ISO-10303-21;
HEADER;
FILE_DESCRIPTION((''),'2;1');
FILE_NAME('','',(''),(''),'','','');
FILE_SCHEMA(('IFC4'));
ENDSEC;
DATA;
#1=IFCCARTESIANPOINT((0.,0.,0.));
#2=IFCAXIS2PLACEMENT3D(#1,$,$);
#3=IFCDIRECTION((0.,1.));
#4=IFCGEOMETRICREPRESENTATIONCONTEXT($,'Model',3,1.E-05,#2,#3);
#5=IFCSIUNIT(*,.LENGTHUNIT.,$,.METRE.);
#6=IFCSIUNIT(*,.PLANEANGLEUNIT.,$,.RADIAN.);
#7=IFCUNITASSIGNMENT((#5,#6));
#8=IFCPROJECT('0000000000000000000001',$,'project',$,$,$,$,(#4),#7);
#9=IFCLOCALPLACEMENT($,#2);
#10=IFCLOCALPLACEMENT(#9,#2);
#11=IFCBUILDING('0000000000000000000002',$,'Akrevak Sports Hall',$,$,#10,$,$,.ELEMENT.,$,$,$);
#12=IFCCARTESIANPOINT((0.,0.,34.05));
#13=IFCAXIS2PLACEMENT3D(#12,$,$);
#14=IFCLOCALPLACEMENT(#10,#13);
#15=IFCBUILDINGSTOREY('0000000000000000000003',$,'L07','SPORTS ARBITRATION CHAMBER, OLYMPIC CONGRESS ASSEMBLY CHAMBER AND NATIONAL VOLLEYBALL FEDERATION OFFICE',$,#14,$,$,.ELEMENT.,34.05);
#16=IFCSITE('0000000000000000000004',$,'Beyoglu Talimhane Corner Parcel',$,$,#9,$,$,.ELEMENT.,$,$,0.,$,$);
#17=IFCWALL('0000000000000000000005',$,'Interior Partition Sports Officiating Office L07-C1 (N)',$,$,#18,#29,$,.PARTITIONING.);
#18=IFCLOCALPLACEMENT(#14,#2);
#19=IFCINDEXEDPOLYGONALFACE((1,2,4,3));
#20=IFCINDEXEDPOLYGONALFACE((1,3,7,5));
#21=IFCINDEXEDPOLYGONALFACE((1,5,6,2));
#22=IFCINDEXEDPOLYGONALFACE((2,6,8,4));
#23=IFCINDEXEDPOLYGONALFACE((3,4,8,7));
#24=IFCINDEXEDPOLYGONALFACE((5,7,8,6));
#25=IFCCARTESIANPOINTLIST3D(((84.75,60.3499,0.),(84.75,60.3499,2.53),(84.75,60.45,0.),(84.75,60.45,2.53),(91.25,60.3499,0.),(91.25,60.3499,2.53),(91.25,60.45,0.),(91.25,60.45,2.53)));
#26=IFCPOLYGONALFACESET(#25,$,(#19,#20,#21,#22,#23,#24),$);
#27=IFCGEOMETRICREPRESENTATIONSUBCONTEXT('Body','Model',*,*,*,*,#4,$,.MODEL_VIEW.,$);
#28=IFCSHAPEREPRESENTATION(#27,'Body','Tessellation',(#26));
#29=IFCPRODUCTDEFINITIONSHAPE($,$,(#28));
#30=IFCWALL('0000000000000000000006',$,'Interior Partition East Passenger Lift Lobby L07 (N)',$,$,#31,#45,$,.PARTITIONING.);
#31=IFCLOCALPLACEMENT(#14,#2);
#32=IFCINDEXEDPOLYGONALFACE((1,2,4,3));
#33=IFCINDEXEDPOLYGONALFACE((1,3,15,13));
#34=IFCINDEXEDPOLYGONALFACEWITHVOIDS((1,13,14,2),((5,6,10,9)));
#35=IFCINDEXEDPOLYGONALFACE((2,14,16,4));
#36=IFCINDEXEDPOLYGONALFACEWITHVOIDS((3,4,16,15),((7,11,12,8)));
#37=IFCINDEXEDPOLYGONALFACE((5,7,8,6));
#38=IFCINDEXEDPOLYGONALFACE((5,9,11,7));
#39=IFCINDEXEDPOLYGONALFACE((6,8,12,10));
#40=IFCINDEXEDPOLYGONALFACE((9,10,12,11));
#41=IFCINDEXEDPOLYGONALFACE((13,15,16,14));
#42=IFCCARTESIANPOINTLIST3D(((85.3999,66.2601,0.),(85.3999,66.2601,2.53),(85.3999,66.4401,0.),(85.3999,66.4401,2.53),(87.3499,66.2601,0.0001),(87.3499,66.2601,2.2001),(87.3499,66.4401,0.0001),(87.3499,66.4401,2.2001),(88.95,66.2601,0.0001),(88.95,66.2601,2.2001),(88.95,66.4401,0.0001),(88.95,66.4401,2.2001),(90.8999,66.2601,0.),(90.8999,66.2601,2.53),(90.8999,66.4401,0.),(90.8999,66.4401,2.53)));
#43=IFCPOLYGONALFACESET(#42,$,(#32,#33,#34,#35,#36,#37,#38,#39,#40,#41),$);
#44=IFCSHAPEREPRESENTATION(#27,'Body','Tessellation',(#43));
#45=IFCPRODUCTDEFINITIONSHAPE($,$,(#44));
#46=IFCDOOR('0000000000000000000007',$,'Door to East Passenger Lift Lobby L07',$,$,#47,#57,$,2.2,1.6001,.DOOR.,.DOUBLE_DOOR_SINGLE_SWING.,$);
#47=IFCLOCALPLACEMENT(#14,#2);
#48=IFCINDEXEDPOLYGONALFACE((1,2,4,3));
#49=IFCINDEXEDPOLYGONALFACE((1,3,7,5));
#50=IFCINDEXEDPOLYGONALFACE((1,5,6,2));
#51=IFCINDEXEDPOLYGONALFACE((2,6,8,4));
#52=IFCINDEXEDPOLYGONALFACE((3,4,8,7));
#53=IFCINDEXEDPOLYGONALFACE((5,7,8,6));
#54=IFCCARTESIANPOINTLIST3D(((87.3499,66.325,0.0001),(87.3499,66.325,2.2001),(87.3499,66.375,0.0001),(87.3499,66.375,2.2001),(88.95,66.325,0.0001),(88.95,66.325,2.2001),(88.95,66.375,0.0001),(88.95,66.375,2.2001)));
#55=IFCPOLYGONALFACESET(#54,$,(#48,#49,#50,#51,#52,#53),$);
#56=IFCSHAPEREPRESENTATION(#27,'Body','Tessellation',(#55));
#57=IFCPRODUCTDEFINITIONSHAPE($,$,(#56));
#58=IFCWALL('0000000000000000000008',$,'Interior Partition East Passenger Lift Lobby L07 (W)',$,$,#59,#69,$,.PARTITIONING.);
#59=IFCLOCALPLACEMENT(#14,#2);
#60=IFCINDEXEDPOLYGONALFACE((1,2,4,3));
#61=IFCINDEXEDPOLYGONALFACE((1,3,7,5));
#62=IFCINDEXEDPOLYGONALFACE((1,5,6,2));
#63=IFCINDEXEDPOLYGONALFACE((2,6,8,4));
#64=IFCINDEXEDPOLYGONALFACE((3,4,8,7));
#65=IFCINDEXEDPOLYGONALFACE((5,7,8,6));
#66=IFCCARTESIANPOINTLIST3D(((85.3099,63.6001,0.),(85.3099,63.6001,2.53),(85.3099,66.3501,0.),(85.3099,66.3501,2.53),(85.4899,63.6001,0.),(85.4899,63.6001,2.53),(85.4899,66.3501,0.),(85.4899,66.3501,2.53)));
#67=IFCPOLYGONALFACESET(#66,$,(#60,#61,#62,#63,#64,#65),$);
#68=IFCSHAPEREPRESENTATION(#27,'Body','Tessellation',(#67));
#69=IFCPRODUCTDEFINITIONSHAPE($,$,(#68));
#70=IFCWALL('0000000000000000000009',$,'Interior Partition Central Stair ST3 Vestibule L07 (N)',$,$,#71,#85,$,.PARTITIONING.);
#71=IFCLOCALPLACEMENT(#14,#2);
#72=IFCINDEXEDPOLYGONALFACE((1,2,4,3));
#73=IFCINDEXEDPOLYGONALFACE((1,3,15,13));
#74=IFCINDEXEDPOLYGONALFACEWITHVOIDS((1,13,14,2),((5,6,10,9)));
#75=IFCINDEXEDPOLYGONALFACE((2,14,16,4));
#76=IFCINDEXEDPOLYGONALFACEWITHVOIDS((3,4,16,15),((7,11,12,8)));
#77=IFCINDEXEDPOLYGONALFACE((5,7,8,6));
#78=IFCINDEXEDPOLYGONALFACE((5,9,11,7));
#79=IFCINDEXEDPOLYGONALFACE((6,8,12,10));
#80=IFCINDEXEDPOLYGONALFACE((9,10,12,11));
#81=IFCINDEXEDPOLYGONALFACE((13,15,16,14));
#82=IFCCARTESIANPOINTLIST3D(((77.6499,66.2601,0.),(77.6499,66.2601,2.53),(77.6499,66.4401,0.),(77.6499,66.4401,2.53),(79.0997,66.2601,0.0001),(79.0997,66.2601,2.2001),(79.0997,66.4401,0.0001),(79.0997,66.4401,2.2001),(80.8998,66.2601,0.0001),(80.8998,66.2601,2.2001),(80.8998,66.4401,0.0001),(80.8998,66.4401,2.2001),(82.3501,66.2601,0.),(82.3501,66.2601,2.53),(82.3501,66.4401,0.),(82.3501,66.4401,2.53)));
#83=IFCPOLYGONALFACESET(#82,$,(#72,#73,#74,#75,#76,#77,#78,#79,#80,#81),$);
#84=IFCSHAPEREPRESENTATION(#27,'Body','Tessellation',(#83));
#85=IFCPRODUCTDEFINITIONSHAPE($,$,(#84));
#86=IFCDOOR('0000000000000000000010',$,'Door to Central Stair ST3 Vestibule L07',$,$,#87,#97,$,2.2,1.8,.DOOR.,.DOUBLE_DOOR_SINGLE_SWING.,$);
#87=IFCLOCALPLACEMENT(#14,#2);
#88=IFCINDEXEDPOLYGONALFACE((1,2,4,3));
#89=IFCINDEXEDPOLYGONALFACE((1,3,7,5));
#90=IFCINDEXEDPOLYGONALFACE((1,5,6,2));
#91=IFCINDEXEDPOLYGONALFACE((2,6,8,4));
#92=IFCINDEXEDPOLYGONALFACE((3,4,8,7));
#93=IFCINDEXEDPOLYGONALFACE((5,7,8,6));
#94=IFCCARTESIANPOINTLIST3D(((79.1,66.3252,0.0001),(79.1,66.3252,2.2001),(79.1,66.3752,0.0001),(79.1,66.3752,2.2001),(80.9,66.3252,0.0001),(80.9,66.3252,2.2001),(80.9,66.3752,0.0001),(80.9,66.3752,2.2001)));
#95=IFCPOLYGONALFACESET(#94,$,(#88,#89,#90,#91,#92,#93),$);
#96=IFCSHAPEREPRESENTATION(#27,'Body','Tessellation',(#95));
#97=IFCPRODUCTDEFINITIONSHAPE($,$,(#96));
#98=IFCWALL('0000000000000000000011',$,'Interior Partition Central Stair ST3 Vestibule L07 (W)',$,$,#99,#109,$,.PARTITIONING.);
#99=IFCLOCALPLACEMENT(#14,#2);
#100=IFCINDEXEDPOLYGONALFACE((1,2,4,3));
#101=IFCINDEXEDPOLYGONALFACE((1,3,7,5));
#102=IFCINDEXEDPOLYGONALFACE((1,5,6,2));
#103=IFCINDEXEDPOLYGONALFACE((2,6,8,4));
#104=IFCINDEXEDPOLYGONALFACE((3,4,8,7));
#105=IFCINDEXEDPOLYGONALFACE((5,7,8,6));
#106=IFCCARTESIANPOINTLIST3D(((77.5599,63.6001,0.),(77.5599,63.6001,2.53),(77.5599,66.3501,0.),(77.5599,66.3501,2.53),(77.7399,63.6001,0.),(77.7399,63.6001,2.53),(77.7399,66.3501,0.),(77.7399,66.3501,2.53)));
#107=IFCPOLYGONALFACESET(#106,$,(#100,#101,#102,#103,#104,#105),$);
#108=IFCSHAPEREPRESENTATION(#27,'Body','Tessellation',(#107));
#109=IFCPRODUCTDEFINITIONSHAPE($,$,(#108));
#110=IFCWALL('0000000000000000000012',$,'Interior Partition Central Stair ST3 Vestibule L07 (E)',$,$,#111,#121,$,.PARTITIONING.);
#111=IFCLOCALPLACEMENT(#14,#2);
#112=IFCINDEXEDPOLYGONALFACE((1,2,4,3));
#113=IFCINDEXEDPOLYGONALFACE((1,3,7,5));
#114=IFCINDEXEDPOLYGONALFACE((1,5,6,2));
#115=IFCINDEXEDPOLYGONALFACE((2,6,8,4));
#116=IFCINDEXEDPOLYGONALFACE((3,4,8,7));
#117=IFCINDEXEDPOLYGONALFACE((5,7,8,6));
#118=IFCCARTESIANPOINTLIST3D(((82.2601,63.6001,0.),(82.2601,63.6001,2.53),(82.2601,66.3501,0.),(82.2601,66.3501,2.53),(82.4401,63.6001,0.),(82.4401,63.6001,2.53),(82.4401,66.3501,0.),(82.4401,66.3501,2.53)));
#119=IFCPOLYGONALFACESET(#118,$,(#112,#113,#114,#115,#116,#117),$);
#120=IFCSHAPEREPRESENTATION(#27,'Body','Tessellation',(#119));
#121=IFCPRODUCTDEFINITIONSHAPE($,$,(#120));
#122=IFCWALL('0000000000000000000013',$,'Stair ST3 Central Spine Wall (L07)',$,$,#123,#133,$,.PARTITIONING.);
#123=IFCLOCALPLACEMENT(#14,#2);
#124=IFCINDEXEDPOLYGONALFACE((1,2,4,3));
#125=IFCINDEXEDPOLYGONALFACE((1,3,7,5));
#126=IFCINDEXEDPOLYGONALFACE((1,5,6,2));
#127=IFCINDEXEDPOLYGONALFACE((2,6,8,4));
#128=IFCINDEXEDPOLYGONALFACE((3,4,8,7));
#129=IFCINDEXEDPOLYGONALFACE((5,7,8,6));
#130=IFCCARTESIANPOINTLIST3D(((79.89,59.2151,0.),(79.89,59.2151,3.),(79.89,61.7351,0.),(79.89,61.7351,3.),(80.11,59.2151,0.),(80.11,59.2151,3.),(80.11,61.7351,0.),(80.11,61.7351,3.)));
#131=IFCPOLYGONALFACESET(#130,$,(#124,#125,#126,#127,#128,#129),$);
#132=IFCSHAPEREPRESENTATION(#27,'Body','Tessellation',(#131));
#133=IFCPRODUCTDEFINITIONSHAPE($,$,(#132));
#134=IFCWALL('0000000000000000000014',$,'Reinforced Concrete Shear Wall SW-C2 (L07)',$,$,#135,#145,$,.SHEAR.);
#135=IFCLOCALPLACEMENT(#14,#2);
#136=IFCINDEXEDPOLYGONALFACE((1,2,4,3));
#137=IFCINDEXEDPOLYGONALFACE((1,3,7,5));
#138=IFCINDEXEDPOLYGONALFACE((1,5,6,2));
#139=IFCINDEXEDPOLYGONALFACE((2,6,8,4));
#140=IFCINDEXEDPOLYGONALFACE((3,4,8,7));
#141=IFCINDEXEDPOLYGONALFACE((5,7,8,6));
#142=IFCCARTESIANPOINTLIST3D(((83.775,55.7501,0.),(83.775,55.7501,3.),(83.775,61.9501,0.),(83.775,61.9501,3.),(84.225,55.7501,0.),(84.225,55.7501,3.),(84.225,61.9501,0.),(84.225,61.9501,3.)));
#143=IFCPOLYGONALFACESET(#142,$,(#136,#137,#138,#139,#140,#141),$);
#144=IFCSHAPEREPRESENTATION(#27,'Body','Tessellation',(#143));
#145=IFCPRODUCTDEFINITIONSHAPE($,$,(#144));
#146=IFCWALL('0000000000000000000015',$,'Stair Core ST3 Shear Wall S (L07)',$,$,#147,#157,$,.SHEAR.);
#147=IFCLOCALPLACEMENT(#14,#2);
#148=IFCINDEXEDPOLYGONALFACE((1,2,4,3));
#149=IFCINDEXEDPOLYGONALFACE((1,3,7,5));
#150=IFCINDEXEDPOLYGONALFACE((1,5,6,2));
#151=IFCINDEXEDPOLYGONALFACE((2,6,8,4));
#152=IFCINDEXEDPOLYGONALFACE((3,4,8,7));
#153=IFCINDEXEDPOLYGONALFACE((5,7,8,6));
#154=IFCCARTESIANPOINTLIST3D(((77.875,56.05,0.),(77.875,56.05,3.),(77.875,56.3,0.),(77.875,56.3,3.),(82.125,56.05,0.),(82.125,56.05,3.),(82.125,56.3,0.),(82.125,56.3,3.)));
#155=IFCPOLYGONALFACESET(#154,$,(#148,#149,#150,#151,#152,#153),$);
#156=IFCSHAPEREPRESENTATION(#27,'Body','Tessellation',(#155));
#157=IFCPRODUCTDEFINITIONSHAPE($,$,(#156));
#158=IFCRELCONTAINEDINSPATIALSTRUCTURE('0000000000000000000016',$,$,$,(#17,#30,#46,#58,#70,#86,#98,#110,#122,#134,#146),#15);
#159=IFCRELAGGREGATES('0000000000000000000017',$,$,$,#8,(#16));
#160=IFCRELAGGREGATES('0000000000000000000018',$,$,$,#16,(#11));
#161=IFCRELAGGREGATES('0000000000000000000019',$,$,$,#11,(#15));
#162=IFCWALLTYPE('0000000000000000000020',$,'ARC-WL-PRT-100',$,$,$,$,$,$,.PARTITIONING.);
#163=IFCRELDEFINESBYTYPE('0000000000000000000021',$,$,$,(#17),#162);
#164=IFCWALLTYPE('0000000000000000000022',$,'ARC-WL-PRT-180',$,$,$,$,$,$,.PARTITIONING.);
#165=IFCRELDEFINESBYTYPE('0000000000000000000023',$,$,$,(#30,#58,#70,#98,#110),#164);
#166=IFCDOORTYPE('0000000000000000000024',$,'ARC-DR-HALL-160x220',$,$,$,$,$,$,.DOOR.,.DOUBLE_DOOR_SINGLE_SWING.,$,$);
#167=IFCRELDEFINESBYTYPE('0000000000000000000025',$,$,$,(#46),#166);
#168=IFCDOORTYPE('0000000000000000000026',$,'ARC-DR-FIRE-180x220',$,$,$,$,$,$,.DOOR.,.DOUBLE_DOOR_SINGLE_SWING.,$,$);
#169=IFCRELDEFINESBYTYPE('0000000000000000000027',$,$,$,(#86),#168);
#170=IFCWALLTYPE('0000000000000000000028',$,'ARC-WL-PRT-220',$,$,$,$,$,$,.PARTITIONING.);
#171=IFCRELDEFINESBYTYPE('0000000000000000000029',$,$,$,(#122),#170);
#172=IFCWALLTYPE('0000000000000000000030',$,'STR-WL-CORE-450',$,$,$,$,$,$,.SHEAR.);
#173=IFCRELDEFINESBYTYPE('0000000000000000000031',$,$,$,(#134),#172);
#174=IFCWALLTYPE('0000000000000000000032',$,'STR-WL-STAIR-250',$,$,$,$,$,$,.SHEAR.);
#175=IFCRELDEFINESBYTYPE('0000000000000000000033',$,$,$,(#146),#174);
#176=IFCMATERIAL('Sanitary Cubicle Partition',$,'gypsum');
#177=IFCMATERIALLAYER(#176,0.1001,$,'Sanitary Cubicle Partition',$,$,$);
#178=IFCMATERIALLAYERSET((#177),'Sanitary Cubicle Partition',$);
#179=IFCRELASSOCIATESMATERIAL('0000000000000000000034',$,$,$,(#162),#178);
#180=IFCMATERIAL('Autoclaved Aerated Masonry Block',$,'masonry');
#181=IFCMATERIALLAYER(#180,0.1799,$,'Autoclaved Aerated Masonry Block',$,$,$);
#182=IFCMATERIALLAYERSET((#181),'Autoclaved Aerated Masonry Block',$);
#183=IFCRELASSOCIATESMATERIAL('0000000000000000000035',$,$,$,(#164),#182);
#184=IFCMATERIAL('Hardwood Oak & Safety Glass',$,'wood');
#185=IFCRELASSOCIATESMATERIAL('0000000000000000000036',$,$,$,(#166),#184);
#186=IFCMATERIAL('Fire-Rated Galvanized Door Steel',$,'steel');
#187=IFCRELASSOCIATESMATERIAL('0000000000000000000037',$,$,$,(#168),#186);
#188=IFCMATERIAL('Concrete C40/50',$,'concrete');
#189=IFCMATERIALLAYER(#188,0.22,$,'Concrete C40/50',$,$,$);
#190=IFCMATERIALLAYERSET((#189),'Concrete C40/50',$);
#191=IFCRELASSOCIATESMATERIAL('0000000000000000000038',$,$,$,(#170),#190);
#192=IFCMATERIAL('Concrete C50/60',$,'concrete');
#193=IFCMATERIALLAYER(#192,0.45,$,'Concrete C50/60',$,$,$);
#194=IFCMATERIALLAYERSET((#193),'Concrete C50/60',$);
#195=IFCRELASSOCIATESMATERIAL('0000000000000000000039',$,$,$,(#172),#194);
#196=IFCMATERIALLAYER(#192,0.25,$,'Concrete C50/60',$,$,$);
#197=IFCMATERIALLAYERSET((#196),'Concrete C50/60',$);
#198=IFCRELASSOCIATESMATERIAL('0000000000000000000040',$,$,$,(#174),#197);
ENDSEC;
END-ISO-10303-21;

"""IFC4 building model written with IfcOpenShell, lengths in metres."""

from ifc_helpers import new_model, si_unit, direction, frame, frame_2d, origin, place, context, subcontext, project, spatial, rectangle, extrude, material, layer, layer_set, type_object, element, fill, save


model = new_model("IFC4")

# Units and contexts
model_context = context("Model", 3, precision=1e-05, world=origin(), true_north=direction((0.0, 1.0)))
body_context = subcontext(model_context, "Body", "Model", "MODEL_VIEW")
ifc_project = project(units=[si_unit("LENGTHUNIT", "METRE"), si_unit("PLANEANGLEUNIT", "RADIAN")], contexts=[model_context])

# Site, building, storey
site_placement = place(None, origin())
site = spatial("IfcSite", under=ifc_project, at=site_placement, Name="Beyoglu Talimhane Corner Parcel", CompositionType="ELEMENT", RefElevation=0.0)
building_placement = place(site_placement, origin())
building = spatial("IfcBuilding", under=site, at=building_placement, Name="Akrevak Sports Hall", CompositionType="ELEMENT")
storey_placement = place(building_placement, frame((0.0, 0.0, 34.05)))
storey = spatial("IfcBuildingStorey", under=building, at=storey_placement, Name="L07", Description="SPORTS ARBITRATION CHAMBER, OLYMPIC CONGRESS ASSEMBLY CHAMBER AND NATIONAL VOLLEYBALL FEDERATION OFFICE", CompositionType="ELEMENT", Elevation=34.05)

# Shared definitions
ifc_material_1 = material(Name="Concrete C40/50", Category="concrete")

# Wall
ifc_material_2 = material(Name="Sanitary Cubicle Partition", Category="gypsum")
ifc_layer_1 = layer(ifc_material_2, 0.1001, Name="Sanitary Cubicle Partition")
ifc_layer_set_1 = layer_set([ifc_layer_1], Name="Sanitary Cubicle Partition")
wall_type_1 = type_object("IfcWallType", Name="ARC-WL-PRT-100", PredefinedType="PARTITIONING", material=ifc_layer_set_1)
wall_1_placement = place(storey_placement, frame((84.75, 60.3999, 0.0), z_axis=(0.0, 0.0, 1.0), x_axis=(1.0, 0.0, 0.0)))
element("IfcWall", 1, at=wall_1_placement, inside=storey, type_object=wall_type_1, Name="Interior Partition Sports Officiating Office L07-C1 (N)", PredefinedType="PARTITIONING", context=body_context, shape_type="SweptSolid", body=[
    extrude(rectangle(XDim=6.5, YDim=0.1001, at=frame_2d((3.25, 0.0))), origin(), (0.0, 0.0, 1.0), 2.53),
])

# Wall, opening, door
ifc_material_3 = material(Name="Autoclaved Aerated Masonry Block", Category="masonry")
ifc_layer_2 = layer(ifc_material_3, 0.1799, Name="Autoclaved Aerated Masonry Block")
ifc_layer_set_2 = layer_set([ifc_layer_2], Name="Autoclaved Aerated Masonry Block")
wall_type_2 = type_object("IfcWallType", Name="ARC-WL-PRT-180", PredefinedType="PARTITIONING", material=ifc_layer_set_2)
wall_2_placement = place(storey_placement, frame((85.3999, 66.3501, 0.0), z_axis=(0.0, 0.0, 1.0), x_axis=(1.0, 0.0, 0.0)))
wall_2 = element("IfcWall", 2, at=wall_2_placement, inside=storey, type_object=wall_type_2, Name="Interior Partition East Passenger Lift Lobby L07 (N)", PredefinedType="PARTITIONING", context=body_context, shape_type="SweptSolid", body=[
    extrude(rectangle(XDim=5.5, YDim=0.1799, at=frame_2d((2.75, 0.0))), origin(), (0.0, 0.0, 1.0), 2.53),
])
opening_1_placement = place(wall_2_placement, frame((1.95, 0.0, 0.0)))
opening_1 = element("IfcOpeningElement", 3, at=opening_1_placement, cuts=wall_2, PredefinedType="OPENING", context=body_context, shape_type="SweptSolid", body=[
    extrude(rectangle(XDim=1.6001, YDim=2.2, at=frame_2d((0.8, 1.1001))), frame((0.0, 0.1021, 0.0), z_axis=(0.0, -1.0, 0.0), x_axis=(1.0, 0.0, 0.0)), (0.0, 0.0, 1.0), 0.2039),
])
ifc_material_4 = material(Name="Hardwood Oak & Safety Glass", Category="wood")
door_type_1 = type_object("IfcDoorType", Name="ARC-DR-HALL-160x220", OperationType="DOUBLE_DOOR_SINGLE_SWING", PredefinedType="DOOR", material=ifc_material_4)
door_1_placement = place(opening_1_placement, origin())
door_1 = element("IfcDoor", 4, at=door_1_placement, inside=storey, type_object=door_type_1, Name="Door to East Passenger Lift Lobby L07", OperationType="DOUBLE_DOOR_SINGLE_SWING", OverallHeight=2.2, OverallWidth=1.6001, PredefinedType="DOOR", context=body_context, shape_type="SweptSolid", body=[
    extrude(rectangle(XDim=1.6001, YDim=2.2, at=frame_2d((0.8, 1.1001))), frame((0.0, 0.0249, 0.0), z_axis=(0.0, -1.0, 0.0), x_axis=(1.0, 0.0, 0.0)), (0.0, 0.0, 1.0), 0.05),
])
fill(opening_1, door_1)

# Wall
wall_3_placement = place(storey_placement, frame((85.3999, 63.6001, 0.0), z_axis=(0.0, 0.0, 1.0), x_axis=(0.0, 1.0, 0.0)))
element("IfcWall", 5, at=wall_3_placement, inside=storey, type_object=wall_type_2, Name="Interior Partition East Passenger Lift Lobby L07 (W)", PredefinedType="PARTITIONING", context=body_context, shape_type="SweptSolid", body=[
    extrude(rectangle(XDim=2.75, YDim=0.1799, at=frame_2d((1.375, 0.0))), origin(), (0.0, 0.0, 1.0), 2.53),
])

# Wall, opening, door
wall_4_placement = place(storey_placement, frame((77.6499, 66.3501, 0.0), z_axis=(0.0, 0.0, 1.0), x_axis=(1.0, 0.0, 0.0)))
wall_4 = element("IfcWall", 6, at=wall_4_placement, inside=storey, type_object=wall_type_2, Name="Interior Partition Central Stair ST3 Vestibule L07 (N)", PredefinedType="PARTITIONING", context=body_context, shape_type="SweptSolid", body=[
    extrude(rectangle(XDim=4.7002, YDim=0.1799, at=frame_2d((2.3501, 0.0))), origin(), (0.0, 0.0, 1.0), 2.53),
])
opening_2_placement = place(wall_4_placement, frame((1.45, 0.0, 0.0)))
opening_2 = element("IfcOpeningElement", 7, at=opening_2_placement, cuts=wall_4, PredefinedType="OPENING", context=body_context, shape_type="SweptSolid", body=[
    extrude(rectangle(XDim=1.8, YDim=2.2, at=frame_2d((0.8999, 1.1001))), frame((0.0, 0.1021, 0.0), z_axis=(0.0, -1.0, 0.0), x_axis=(1.0, 0.0, 0.0)), (0.0, 0.0, 1.0), 0.2039),
])
ifc_material_5 = material(Name="Fire-Rated Galvanized Door Steel", Category="steel")
door_type_2 = type_object("IfcDoorType", Name="ARC-DR-FIRE-180x220", OperationType="DOUBLE_DOOR_SINGLE_SWING", PredefinedType="DOOR", material=ifc_material_5)
door_2_placement = place(opening_2_placement, frame((1.8, 0.0, 0.0), z_axis=(0.0, 0.0, 1.0), x_axis=(-1.0, 0.0, 0.0)))
door_2 = element("IfcDoor", 8, at=door_2_placement, inside=storey, type_object=door_type_2, Name="Door to Central Stair ST3 Vestibule L07", OperationType="DOUBLE_DOOR_SINGLE_SWING", OverallHeight=2.2, OverallWidth=1.8, PredefinedType="DOOR", context=body_context, shape_type="SweptSolid", body=[
    extrude(rectangle(XDim=1.8, YDim=2.2, at=frame_2d((0.8999, 1.1001))), frame((0.0, 0.0249, 0.0), z_axis=(0.0, -1.0, 0.0), x_axis=(1.0, 0.0, 0.0)), (0.0, 0.0, 1.0), 0.05),
])
fill(opening_2, door_2)

# Walls
for number, where, z_axis, x_axis, name in (
    (9, (77.6499, 63.6001, 0.0), (0.0, 0.0, 1.0), (0.0, 1.0, 0.0), "Interior Partition Central Stair ST3 Vestibule L07 (W)"),
    (10, (82.3501, 63.6001, 0.0), (0.0, 0.0, 1.0), (0.0, 1.0, 0.0), "Interior Partition Central Stair ST3 Vestibule L07 (E)"),
):
    element("IfcWall", number, at=place(storey_placement, frame(where, z_axis=z_axis, x_axis=x_axis)), inside=storey, type_object=wall_type_2, Name=name, PredefinedType="PARTITIONING", context=body_context, shape_type="SweptSolid", body=[
        extrude(rectangle(XDim=2.75, YDim=0.1799, at=frame_2d((1.375, 0.0))), origin(), (0.0, 0.0, 1.0), 2.53),
    ])
ifc_layer_3 = layer(ifc_material_1, 0.22, Name="Concrete C40/50")
ifc_layer_set_3 = layer_set([ifc_layer_3], Name="Concrete C40/50")
wall_type_3 = type_object("IfcWallType", Name="ARC-WL-PRT-220", PredefinedType="PARTITIONING", material=ifc_layer_set_3)
wall_5_placement = place(storey_placement, frame((80.0, 59.2151, 0.0), z_axis=(0.0, 0.0, 1.0), x_axis=(0.0, 1.0, 0.0)))
element("IfcWall", 11, at=wall_5_placement, inside=storey, type_object=wall_type_3, Name="Stair ST3 Central Spine Wall (L07)", PredefinedType="PARTITIONING", context=body_context, shape_type="SweptSolid", body=[
    extrude(rectangle(XDim=2.52, YDim=0.22, at=frame_2d((1.26, 0.0))), origin(), (0.0, 0.0, 1.0), 3.0),
])
ifc_material_6 = material(Name="Concrete C50/60", Category="concrete")
ifc_layer_4 = layer(ifc_material_6, 0.45, Name="Concrete C50/60")
ifc_layer_set_4 = layer_set([ifc_layer_4], Name="Concrete C50/60")
wall_type_4 = type_object("IfcWallType", Name="STR-WL-CORE-450", PredefinedType="SHEAR", material=ifc_layer_set_4)
wall_6_placement = place(storey_placement, frame((84.0, 55.75, 0.0), z_axis=(0.0, 0.0, 1.0), x_axis=(0.0, 1.0, 0.0)))
element("IfcWall", 12, at=wall_6_placement, inside=storey, type_object=wall_type_4, Name="Reinforced Concrete Shear Wall SW-C2 (L07)", PredefinedType="SHEAR", context=body_context, shape_type="SweptSolid", body=[
    extrude(rectangle(XDim=6.2, YDim=0.45, at=frame_2d((3.1001, 0.0))), origin(), (0.0, 0.0, 1.0), 3.0),
])
ifc_layer_5 = layer(ifc_material_6, 0.25, Name="Concrete C50/60")
ifc_layer_set_5 = layer_set([ifc_layer_5], Name="Concrete C50/60")
wall_type_5 = type_object("IfcWallType", Name="STR-WL-STAIR-250", PredefinedType="SHEAR", material=ifc_layer_set_5)
wall_7_placement = place(storey_placement, frame((77.875, 56.175, 0.0), z_axis=(0.0, 0.0, 1.0), x_axis=(1.0, 0.0, 0.0)))
element("IfcWall", 13, at=wall_7_placement, inside=storey, type_object=wall_type_5, Name="Stair Core ST3 Shear Wall S (L07)", PredefinedType="SHEAR", context=body_context, shape_type="SweptSolid", body=[
    extrude(rectangle(XDim=4.25, YDim=0.25, at=frame_2d((2.125, 0.0))), origin(), (0.0, 0.0, 1.0), 3.0),
])

save(model, "model.ifc")
